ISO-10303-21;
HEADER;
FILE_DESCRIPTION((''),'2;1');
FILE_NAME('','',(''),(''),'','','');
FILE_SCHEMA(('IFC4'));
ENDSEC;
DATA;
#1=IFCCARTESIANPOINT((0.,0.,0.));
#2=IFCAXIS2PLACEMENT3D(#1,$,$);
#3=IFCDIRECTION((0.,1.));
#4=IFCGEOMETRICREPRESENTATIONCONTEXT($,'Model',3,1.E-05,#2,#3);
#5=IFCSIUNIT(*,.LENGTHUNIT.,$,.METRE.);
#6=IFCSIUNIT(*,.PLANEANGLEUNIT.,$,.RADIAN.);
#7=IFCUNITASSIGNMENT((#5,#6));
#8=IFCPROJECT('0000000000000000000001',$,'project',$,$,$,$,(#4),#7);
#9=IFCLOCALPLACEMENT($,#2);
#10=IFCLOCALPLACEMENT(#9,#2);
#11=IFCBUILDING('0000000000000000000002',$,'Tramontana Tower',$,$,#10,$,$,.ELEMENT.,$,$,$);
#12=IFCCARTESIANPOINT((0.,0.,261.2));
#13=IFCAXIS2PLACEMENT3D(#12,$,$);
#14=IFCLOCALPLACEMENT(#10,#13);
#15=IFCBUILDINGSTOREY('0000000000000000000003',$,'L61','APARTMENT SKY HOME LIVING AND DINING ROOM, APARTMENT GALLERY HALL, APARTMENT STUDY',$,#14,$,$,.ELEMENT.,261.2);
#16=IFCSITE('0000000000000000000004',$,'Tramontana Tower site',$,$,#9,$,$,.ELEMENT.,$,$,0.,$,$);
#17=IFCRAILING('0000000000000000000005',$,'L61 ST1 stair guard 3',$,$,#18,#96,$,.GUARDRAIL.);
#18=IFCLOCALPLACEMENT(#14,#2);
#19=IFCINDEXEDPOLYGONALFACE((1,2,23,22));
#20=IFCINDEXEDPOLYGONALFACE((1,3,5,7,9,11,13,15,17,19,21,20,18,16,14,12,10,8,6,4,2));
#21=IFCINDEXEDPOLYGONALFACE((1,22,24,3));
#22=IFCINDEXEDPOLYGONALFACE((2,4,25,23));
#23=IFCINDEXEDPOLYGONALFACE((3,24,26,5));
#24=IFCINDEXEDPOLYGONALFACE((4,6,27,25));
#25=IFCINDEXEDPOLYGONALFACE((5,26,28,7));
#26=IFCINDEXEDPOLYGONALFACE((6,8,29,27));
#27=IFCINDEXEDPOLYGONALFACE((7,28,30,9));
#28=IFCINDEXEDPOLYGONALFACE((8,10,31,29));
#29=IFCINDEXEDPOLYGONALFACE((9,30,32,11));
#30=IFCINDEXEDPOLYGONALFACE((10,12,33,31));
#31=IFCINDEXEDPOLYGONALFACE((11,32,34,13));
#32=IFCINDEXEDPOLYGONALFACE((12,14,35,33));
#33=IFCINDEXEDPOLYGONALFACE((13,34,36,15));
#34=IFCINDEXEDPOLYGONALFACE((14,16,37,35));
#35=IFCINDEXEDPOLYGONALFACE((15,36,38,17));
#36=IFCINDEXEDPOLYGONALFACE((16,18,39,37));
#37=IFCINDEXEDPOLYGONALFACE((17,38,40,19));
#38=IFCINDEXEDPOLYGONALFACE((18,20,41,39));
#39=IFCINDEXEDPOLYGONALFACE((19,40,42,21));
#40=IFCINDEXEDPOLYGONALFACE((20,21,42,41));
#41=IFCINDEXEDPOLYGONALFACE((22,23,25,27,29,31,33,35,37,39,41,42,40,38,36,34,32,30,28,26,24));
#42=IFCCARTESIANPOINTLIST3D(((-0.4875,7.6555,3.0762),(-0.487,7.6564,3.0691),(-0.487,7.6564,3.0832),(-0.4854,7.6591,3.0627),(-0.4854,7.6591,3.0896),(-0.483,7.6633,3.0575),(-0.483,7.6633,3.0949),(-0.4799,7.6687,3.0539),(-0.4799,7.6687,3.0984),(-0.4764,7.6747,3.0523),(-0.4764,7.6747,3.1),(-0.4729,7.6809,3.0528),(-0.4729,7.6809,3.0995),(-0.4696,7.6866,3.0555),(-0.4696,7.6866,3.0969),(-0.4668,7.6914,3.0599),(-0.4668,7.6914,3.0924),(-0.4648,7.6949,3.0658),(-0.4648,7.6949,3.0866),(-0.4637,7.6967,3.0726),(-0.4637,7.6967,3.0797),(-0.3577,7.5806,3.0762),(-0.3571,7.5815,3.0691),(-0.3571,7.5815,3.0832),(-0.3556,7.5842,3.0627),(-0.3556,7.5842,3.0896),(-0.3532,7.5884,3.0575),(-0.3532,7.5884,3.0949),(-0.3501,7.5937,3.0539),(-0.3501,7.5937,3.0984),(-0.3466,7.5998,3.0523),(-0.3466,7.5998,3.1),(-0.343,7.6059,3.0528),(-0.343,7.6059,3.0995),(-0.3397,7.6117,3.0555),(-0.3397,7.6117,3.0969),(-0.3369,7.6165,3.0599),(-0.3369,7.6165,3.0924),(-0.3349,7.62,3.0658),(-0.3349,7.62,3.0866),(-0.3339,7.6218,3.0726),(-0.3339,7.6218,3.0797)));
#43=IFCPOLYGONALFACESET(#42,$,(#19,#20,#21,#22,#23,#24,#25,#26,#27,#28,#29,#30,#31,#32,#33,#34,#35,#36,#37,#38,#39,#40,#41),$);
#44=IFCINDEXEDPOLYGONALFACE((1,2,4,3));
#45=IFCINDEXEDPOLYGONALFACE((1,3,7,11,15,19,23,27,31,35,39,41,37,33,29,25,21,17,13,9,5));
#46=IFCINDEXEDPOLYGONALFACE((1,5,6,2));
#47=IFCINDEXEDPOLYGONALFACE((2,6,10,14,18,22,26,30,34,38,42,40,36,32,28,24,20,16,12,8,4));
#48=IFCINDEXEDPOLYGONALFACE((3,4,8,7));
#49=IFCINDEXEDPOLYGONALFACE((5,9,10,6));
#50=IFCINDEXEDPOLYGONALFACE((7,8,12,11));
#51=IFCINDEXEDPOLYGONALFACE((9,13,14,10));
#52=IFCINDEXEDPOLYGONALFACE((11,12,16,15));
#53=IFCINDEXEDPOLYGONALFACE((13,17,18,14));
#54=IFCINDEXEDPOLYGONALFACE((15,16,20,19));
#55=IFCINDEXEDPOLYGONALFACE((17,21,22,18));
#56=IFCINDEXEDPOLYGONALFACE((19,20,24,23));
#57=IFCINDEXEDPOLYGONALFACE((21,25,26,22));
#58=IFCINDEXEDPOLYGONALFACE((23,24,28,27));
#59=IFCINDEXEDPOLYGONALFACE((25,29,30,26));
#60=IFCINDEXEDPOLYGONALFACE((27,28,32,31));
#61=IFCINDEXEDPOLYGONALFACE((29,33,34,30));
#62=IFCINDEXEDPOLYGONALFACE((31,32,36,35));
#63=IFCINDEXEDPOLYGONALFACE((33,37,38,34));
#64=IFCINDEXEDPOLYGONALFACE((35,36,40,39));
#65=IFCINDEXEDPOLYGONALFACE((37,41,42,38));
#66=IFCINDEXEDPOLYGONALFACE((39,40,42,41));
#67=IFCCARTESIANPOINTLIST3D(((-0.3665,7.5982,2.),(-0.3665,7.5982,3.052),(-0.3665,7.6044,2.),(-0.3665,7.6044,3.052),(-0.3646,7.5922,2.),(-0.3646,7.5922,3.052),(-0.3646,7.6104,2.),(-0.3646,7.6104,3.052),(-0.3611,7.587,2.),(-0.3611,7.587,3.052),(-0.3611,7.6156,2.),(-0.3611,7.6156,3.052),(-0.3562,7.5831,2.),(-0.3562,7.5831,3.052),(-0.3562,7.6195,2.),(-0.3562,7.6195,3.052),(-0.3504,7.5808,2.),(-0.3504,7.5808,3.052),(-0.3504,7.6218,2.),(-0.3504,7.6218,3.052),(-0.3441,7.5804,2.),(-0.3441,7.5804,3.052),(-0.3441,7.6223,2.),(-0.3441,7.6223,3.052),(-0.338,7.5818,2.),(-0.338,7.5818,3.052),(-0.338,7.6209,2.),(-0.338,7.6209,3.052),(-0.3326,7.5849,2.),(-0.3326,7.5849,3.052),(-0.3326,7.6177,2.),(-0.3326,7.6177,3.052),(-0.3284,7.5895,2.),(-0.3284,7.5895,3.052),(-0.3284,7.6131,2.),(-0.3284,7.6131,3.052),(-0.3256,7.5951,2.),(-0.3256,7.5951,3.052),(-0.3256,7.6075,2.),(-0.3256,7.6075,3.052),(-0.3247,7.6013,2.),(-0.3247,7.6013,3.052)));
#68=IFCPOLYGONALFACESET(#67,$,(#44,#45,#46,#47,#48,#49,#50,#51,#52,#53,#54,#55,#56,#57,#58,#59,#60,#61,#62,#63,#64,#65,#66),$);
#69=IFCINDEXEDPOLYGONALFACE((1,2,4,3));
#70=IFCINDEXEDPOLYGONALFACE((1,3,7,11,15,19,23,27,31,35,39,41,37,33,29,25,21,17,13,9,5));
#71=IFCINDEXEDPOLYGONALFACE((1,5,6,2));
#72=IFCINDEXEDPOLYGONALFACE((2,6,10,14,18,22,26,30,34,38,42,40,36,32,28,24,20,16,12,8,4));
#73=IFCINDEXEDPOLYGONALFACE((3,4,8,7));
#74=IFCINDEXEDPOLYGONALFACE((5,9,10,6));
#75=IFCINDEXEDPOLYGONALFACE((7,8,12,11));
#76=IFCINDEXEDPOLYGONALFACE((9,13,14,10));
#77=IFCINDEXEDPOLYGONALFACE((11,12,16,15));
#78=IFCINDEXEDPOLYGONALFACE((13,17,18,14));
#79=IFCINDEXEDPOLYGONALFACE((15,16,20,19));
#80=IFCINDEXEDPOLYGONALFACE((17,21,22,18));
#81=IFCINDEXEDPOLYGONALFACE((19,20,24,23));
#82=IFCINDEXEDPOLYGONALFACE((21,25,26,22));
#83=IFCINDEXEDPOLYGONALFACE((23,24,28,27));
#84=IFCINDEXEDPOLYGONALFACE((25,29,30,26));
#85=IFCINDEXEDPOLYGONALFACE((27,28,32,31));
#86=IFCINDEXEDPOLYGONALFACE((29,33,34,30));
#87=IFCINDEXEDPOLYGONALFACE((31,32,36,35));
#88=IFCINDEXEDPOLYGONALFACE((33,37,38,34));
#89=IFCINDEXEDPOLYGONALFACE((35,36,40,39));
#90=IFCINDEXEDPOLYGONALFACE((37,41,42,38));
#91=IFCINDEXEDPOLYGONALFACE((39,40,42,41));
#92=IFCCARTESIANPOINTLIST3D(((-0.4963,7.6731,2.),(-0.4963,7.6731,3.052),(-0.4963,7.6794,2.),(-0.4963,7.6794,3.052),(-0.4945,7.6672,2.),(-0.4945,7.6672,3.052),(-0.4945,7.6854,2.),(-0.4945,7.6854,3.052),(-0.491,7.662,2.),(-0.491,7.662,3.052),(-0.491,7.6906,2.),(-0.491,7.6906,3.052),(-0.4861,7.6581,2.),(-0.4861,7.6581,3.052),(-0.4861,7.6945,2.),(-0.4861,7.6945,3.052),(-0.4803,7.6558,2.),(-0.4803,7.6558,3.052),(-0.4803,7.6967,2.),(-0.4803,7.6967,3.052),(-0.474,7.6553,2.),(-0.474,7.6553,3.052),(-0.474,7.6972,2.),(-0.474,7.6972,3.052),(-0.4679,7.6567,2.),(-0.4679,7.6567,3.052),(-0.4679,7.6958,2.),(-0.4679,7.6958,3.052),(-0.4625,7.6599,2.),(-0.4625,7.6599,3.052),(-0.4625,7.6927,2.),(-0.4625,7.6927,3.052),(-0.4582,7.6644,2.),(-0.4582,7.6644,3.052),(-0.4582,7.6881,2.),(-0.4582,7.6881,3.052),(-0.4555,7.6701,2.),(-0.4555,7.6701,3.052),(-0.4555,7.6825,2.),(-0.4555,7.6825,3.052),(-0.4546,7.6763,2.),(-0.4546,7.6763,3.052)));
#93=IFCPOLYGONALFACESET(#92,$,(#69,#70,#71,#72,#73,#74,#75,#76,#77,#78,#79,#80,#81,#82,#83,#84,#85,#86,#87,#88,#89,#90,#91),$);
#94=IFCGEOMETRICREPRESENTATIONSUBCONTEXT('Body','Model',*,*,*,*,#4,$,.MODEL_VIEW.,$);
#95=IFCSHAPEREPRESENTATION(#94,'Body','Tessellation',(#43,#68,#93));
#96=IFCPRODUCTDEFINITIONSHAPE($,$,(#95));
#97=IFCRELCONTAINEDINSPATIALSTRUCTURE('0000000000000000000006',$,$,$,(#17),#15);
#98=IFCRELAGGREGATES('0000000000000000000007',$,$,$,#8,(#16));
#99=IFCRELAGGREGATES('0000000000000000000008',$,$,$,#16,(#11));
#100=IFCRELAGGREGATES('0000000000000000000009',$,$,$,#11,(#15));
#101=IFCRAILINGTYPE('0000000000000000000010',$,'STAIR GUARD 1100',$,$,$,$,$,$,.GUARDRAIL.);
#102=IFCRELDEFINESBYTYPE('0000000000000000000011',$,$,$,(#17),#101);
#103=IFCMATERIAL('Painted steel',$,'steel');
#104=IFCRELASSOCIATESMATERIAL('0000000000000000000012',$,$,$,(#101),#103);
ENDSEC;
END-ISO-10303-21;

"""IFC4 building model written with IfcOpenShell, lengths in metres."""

from ifc_helpers import new_model, si_unit, direction, frame, origin, origin_2d, place, context, subcontext, project, spatial, circle, extrude, material, type_object, element, save


model = new_model("IFC4")

# Units and contexts
model_context = context("Model", 3, precision=1e-05, world=origin(), true_north=direction((0.0, 1.0)))
body_context = subcontext(model_context, "Body", "Model", "MODEL_VIEW")
ifc_project = project(units=[si_unit("LENGTHUNIT", "METRE"), si_unit("PLANEANGLEUNIT", "RADIAN")], contexts=[model_context])

# Site, building, storey
site_placement = place(None, origin())
site = spatial("IfcSite", under=ifc_project, at=site_placement, Name="Tramontana Tower site", CompositionType="ELEMENT", RefElevation=0.0)
building_placement = place(site_placement, origin())
building = spatial("IfcBuilding", under=site, at=building_placement, Name="Tramontana Tower", CompositionType="ELEMENT")
storey_placement = place(building_placement, frame((0.0, 0.0, 261.2)))
storey = spatial("IfcBuildingStorey", under=building, at=storey_placement, Name="L61", Description="APARTMENT SKY HOME LIVING AND DINING ROOM, APARTMENT GALLERY HALL, APARTMENT STUDY", CompositionType="ELEMENT", Elevation=261.2)

# Railing
ifc_material_1 = material(Name="Painted steel", Category="steel")
railing_type_1 = type_object("IfcRailingType", Name="STAIR GUARD 1100", PredefinedType="GUARDRAIL", material=ifc_material_1)
railing_1_placement = place(storey_placement, frame((-0.3457, 7.6013, 2.0)))
element("IfcRailing", 1, at=railing_1_placement, inside=storey, type_object=railing_type_1, Name="L61 ST1 stair guard 3", PredefinedType="GUARDRAIL", context=body_context, shape_type="SweptSolid", body=[
    extrude(circle(Radius=0.0239, at=origin_2d()), frame((0.0, 0.0, 1.0762), z_axis=(-0.866131, 0.499816, 0.0), x_axis=(-0.499816, -0.866131, 0.0)), (0.0, 0.0, 1.0), 0.1499),
    extrude(circle(Radius=0.021, at=origin_2d()), origin(), (0.0, 0.0, 1.0), 1.052),
    extrude(circle(Radius=0.021, at=origin_2d()), frame((-0.1299, 0.075, 0.0)), (0.0, 0.0, 1.0), 1.052),
])

save(model, "model.ifc")
